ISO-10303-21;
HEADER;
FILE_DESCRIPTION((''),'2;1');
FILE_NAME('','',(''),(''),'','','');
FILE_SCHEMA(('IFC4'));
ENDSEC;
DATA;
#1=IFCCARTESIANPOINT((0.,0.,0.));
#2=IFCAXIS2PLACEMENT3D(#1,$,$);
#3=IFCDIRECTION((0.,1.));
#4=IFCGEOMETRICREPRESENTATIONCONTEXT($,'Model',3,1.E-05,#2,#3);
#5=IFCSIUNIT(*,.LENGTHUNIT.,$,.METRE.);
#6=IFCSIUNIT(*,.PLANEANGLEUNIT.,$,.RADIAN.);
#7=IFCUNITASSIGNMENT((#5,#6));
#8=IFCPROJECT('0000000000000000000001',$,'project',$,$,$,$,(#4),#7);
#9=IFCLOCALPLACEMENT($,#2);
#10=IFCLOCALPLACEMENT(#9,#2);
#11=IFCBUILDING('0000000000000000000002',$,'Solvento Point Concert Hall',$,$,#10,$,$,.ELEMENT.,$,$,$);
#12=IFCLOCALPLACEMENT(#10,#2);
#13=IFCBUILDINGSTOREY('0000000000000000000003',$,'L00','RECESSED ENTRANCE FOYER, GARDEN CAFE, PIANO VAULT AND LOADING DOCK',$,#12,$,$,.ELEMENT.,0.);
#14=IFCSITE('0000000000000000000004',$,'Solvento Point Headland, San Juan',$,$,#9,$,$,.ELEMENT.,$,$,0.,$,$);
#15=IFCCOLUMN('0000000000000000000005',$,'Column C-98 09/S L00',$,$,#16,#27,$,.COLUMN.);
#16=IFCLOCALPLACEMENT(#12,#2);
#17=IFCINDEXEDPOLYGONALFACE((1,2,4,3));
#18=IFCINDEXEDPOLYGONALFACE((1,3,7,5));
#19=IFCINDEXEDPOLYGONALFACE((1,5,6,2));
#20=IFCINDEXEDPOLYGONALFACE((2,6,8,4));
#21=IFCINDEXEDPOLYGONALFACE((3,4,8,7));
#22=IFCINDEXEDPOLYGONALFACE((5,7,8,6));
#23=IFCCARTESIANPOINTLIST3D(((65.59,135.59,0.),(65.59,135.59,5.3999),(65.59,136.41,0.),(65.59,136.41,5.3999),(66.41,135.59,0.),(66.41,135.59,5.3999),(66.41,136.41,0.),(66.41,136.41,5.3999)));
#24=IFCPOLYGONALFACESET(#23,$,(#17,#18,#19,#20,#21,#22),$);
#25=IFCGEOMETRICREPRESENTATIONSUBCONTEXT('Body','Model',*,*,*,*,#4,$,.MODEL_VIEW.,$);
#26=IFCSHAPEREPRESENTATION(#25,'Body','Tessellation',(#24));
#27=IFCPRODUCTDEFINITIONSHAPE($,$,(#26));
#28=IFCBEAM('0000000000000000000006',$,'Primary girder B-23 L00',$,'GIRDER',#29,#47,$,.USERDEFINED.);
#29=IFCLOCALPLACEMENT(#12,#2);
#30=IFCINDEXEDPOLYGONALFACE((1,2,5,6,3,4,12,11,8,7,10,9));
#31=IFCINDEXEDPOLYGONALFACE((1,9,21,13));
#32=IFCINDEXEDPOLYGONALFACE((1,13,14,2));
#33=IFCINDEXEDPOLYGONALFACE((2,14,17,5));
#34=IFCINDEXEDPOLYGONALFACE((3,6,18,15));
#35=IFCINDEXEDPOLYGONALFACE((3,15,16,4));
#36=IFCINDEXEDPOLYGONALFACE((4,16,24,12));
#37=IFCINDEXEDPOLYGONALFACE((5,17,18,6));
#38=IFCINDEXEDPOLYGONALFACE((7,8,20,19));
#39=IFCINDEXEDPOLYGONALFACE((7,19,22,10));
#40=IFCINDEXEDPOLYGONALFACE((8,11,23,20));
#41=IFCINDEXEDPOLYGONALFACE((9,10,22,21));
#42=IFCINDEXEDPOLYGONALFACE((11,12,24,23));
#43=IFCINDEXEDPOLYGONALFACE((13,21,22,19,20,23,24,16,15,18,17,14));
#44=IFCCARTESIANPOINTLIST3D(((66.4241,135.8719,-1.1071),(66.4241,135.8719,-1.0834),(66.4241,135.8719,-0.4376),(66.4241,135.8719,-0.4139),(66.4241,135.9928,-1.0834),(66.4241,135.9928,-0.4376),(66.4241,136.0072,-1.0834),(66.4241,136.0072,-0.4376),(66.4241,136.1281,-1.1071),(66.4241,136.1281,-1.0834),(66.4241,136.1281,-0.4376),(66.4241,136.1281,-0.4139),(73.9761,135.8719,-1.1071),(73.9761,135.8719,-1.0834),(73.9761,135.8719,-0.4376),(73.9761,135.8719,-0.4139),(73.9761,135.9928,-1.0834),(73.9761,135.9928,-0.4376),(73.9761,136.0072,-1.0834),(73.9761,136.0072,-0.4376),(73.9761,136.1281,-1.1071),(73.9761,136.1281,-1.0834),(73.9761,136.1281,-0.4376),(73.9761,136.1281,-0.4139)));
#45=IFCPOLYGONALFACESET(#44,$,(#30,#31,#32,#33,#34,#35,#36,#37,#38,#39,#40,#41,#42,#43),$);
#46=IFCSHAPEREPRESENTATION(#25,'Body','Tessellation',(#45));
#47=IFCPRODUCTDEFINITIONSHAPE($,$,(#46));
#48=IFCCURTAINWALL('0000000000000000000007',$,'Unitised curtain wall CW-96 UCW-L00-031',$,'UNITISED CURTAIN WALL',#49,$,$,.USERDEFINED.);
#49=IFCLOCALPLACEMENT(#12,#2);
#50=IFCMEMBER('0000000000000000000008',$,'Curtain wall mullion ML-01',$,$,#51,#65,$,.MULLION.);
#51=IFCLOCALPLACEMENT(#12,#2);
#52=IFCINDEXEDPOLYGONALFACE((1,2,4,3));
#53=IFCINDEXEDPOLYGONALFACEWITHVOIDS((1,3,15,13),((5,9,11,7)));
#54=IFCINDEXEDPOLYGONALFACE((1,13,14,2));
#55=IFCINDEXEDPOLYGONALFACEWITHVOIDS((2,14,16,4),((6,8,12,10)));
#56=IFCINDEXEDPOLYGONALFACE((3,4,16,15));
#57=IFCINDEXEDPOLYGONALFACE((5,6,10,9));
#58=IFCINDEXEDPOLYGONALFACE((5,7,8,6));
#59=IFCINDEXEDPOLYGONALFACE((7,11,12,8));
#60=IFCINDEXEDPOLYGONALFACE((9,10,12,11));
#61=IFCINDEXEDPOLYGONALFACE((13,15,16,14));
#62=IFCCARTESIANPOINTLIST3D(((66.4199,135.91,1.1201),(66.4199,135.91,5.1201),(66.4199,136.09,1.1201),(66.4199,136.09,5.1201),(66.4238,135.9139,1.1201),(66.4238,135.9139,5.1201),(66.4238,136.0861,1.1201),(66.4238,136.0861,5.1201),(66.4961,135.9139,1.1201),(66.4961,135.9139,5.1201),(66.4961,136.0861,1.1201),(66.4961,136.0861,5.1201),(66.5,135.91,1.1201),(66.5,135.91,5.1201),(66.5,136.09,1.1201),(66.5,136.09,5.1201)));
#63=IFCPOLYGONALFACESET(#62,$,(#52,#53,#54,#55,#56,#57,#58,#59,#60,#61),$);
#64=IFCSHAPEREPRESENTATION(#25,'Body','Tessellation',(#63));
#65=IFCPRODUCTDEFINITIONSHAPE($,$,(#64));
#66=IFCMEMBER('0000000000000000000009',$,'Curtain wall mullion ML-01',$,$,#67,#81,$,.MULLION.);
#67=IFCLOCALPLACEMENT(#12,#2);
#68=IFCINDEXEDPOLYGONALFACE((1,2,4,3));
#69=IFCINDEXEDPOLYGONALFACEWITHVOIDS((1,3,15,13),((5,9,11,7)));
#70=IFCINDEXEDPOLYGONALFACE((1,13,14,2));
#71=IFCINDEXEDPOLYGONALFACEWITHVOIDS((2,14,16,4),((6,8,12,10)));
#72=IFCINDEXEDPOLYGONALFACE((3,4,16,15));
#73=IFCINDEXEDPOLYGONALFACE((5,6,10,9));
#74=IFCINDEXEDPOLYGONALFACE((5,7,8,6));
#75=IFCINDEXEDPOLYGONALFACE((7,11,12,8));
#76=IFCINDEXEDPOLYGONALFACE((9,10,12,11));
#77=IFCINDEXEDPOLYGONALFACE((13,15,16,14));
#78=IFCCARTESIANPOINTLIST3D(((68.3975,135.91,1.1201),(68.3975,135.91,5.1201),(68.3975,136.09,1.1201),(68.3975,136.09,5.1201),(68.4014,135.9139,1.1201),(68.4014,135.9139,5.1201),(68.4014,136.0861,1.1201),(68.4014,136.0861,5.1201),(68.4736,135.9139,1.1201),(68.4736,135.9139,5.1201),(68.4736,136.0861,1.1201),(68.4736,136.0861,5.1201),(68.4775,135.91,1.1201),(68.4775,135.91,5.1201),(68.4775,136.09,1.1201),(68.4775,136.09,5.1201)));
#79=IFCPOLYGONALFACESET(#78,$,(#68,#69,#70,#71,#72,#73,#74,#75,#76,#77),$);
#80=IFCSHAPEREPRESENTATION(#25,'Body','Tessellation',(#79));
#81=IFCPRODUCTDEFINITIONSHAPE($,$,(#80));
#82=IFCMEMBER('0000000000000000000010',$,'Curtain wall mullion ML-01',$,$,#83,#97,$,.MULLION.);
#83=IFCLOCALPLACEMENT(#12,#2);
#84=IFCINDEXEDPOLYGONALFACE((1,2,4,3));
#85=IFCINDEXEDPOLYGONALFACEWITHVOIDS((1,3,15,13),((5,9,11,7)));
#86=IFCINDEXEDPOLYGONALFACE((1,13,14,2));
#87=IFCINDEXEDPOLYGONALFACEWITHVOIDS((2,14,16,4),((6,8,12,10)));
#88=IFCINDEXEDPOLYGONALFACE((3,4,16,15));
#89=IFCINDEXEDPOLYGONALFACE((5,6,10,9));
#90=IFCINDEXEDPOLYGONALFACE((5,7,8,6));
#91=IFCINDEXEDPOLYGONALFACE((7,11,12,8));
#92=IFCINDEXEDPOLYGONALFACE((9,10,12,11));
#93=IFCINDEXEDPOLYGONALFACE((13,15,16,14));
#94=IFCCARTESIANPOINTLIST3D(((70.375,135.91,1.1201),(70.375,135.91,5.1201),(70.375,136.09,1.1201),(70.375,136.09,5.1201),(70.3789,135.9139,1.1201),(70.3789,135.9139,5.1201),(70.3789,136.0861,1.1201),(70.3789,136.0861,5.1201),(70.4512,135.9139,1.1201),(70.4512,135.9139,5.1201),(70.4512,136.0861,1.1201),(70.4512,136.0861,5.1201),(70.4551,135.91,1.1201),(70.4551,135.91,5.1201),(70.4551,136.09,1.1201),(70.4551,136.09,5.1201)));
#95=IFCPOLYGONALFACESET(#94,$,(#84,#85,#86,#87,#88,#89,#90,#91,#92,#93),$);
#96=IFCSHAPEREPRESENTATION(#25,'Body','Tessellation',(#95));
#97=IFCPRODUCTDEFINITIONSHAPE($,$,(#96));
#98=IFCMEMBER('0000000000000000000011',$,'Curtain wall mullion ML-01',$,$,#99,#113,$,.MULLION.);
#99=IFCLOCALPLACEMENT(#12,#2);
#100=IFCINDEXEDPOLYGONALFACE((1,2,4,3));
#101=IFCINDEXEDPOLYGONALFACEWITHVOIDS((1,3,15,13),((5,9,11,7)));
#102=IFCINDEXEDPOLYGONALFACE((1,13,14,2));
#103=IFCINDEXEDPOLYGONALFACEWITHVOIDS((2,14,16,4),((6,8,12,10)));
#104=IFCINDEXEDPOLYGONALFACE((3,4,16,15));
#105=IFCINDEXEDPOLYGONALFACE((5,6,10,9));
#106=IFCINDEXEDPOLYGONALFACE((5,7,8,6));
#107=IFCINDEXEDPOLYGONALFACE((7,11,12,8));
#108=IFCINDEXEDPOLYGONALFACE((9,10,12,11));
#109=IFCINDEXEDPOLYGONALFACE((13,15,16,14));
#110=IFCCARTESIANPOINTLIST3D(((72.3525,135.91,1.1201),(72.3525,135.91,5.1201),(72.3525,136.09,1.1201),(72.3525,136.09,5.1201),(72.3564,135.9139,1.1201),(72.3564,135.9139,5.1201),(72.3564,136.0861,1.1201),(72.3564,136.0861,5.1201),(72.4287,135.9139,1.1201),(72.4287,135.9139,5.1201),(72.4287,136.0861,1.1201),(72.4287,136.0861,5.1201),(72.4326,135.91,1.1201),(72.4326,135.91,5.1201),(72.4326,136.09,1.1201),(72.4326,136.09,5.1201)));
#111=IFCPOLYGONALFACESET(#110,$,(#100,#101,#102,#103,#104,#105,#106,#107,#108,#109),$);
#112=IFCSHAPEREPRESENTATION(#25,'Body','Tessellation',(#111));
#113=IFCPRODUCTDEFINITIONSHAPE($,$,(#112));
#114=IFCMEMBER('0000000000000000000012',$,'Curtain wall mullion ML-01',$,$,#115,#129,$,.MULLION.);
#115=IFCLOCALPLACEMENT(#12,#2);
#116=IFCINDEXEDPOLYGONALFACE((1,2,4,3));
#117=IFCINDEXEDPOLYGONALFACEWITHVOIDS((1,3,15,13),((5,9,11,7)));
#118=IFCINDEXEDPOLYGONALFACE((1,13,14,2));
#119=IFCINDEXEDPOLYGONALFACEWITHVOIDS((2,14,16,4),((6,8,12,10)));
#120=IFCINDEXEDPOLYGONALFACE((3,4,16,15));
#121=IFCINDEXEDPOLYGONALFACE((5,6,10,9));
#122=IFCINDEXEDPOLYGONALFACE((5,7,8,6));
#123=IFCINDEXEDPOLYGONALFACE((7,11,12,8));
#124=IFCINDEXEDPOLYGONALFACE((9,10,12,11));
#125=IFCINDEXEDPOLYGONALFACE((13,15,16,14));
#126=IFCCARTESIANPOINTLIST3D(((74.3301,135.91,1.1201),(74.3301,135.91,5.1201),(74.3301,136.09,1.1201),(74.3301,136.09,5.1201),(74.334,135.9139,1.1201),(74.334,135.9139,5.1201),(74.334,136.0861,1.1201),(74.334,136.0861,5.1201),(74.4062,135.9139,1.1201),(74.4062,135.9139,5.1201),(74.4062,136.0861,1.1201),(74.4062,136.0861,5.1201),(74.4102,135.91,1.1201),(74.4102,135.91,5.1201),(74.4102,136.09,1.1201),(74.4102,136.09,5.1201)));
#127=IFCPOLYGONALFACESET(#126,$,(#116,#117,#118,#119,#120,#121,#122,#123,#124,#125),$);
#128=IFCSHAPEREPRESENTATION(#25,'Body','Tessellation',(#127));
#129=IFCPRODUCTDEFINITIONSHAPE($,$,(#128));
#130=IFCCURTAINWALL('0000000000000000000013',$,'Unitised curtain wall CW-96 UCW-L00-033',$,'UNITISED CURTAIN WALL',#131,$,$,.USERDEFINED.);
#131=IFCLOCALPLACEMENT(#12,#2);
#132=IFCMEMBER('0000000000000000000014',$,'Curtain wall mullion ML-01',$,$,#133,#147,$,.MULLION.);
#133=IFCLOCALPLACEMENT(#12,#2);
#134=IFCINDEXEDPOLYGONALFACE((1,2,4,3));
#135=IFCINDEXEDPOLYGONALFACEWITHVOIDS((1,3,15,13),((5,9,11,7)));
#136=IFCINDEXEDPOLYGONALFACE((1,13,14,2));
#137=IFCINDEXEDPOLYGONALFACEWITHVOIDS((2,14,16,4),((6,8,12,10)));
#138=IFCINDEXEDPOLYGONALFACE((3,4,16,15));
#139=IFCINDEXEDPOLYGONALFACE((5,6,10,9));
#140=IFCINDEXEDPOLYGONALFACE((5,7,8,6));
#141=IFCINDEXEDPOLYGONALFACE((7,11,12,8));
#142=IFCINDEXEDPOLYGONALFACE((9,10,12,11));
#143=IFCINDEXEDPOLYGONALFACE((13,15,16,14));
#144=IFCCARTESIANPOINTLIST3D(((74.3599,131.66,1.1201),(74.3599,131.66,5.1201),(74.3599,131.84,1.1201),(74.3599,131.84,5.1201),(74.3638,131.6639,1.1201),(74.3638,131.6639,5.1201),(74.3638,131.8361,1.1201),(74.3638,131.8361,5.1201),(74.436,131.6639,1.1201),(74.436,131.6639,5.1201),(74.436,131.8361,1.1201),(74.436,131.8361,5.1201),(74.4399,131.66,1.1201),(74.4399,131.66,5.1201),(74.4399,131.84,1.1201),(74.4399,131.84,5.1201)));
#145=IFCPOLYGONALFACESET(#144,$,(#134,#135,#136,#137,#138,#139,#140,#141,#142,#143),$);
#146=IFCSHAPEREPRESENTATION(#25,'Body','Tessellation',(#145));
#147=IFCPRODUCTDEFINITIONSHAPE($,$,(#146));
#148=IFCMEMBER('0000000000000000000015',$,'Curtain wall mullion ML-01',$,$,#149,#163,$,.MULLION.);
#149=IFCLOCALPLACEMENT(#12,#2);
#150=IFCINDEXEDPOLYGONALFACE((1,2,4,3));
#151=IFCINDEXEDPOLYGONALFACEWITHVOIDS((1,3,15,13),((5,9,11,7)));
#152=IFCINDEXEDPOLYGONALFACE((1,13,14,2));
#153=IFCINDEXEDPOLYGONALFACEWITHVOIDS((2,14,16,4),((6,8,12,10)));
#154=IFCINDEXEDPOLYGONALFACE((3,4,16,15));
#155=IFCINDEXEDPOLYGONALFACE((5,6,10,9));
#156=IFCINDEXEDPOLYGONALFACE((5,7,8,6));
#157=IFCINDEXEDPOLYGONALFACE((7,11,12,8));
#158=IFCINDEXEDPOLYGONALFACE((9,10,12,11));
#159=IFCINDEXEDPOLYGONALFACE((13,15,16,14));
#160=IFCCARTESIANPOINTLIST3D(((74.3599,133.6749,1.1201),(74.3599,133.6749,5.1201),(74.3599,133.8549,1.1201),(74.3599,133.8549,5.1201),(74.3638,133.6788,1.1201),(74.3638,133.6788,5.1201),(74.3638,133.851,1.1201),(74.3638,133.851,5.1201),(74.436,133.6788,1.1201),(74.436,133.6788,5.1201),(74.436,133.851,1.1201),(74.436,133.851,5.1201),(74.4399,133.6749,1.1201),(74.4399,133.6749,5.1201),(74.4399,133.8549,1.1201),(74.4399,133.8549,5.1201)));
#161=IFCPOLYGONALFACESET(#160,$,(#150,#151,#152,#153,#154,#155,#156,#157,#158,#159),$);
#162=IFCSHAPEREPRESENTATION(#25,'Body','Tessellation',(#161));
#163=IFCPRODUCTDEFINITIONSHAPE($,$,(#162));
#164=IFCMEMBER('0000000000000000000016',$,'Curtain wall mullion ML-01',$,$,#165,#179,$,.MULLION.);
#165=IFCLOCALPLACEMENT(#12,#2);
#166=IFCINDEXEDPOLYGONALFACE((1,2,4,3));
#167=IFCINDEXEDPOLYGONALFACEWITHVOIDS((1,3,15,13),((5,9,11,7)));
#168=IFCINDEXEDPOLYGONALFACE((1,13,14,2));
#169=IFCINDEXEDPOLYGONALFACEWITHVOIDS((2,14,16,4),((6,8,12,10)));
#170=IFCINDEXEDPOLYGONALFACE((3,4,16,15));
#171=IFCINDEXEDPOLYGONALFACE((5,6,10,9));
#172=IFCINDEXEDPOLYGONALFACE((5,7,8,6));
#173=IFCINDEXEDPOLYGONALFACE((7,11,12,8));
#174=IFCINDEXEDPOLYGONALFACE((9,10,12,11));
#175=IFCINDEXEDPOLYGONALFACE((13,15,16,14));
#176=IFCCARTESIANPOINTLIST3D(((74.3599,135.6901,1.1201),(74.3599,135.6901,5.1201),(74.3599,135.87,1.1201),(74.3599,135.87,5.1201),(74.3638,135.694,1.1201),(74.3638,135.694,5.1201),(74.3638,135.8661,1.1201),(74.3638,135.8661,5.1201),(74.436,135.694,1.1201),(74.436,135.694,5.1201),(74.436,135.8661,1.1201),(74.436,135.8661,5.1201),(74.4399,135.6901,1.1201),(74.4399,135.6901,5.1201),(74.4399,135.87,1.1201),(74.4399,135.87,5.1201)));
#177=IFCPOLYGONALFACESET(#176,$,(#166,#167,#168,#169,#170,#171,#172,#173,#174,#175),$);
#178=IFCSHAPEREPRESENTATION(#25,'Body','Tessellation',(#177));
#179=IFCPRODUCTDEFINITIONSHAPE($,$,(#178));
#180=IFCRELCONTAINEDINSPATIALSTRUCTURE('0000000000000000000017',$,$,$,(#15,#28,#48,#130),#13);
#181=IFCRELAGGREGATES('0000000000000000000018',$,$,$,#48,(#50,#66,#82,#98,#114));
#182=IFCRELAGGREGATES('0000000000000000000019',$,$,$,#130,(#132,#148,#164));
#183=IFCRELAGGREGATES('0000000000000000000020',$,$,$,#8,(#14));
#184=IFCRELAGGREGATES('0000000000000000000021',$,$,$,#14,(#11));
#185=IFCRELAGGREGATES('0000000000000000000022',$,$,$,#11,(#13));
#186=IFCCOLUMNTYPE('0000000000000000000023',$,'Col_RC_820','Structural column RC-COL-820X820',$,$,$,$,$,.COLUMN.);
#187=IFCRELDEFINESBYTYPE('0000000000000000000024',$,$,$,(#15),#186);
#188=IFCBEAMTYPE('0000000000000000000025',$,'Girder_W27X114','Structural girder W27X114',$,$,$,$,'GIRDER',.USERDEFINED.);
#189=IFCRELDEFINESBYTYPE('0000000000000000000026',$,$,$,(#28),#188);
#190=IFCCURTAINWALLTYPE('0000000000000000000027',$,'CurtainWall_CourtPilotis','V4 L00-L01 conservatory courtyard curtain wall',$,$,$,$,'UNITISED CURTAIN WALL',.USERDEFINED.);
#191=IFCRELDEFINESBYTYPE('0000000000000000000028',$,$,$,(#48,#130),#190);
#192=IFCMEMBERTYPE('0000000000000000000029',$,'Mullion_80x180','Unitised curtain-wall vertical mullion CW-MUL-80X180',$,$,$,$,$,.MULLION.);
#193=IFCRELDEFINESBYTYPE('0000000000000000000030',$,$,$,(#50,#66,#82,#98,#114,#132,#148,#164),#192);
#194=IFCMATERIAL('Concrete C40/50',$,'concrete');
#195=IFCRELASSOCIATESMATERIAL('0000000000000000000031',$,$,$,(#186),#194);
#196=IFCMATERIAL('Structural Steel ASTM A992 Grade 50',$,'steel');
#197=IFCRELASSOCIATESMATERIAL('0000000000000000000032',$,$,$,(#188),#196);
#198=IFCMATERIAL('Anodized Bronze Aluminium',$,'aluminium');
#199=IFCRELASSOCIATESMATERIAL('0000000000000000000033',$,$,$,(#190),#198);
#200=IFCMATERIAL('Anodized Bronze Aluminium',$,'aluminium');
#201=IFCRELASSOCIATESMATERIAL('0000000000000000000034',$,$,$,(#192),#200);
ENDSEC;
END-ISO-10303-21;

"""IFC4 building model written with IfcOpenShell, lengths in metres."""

from ifc_helpers import new_model, si_unit, direction, frame, origin, origin_2d, place, context, subcontext, project, spatial, rectangle, hollow_rectangle, i_section, extrude, material, material_profile, profile_set, type_object, element, aggregate, save


model = new_model("IFC4")

# Units and contexts
model_context = context("Model", 3, precision=1e-05, world=origin(), true_north=direction((0.0, 1.0)))
body_context = subcontext(model_context, "Body", "Model", "MODEL_VIEW")
ifc_project = project(units=[si_unit("LENGTHUNIT", "METRE"), si_unit("PLANEANGLEUNIT", "RADIAN")], contexts=[model_context])

# Site, building, storey
site_placement = place(None, origin())
site = spatial("IfcSite", under=ifc_project, at=site_placement, Name="Solvento Point Headland, San Juan", CompositionType="ELEMENT", RefElevation=0.0)
building_placement = place(site_placement, origin())
building = spatial("IfcBuilding", under=site, at=building_placement, Name="Solvento Point Concert Hall", CompositionType="ELEMENT")
storey_placement = place(building_placement, origin())
storey = spatial("IfcBuildingStorey", under=building, at=storey_placement, Name="L00", Description="RECESSED ENTRANCE FOYER, GARDEN CAFE, PIANO VAULT AND LOADING DOCK", CompositionType="ELEMENT", Elevation=0.0)

# Column
ifc_material_1 = material(Name="Concrete C40/50", Category="concrete")
ifc_material_profile_1 = material_profile(ifc_material_1, rectangle(XDim=0.8201, YDim=0.8201, at=origin_2d()), Name="RC-COL-820X820")
ifc_profile_set_1 = profile_set([ifc_material_profile_1], Name="Concrete C40/50")
column_type = type_object("IfcColumnType", Name="Col_RC_820", Description="Structural column RC-COL-820X820", PredefinedType="COLUMN", material=ifc_profile_set_1)
column_placement = place(storey_placement, frame((66.0, 136.0, 0.0), z_axis=(0.0, 0.0, 1.0), x_axis=(1.0, 0.0, 0.0)))
element("IfcColumn", 1, at=column_placement, inside=storey, type_object=column_type, Name="Column C-98 09/S L00", PredefinedType="COLUMN", context=body_context, shape_type="SweptSolid", body=[
    extrude(rectangle(XDim=0.8201, YDim=0.8201, at=origin_2d()), origin(), (0.0, 0.0, 1.0), 5.3999),
])

# Beam
ifc_material_2 = material(Name="Structural Steel ASTM A992 Grade 50", Category="steel")
ifc_material_profile_2 = material_profile(ifc_material_2, i_section(OverallWidth=0.2561, OverallDepth=0.6931, WebThickness=0.0144, FlangeThickness=0.0237, at=origin_2d()), Name="W27X114")
ifc_profile_set_2 = profile_set([ifc_material_profile_2], Name="Structural Steel ASTM A992 Grade 50")
beam_type = type_object("IfcBeamType", Name="Girder_W27X114", Description="Structural girder W27X114", ElementType="GIRDER", PredefinedType="USERDEFINED", material=ifc_profile_set_2)
beam_placement = place(storey_placement, frame((66.4241, 136.0, -0.7605), z_axis=(1.0, 0.0, 0.0), x_axis=(0.0, 1.0, 0.0)))
element("IfcBeam", 2, at=beam_placement, inside=storey, type_object=beam_type, Name="Primary girder B-23 L00", ObjectType="GIRDER", PredefinedType="USERDEFINED", context=body_context, shape_type="SweptSolid", body=[
    extrude(i_section(OverallWidth=0.2561, OverallDepth=0.6931, WebThickness=0.0144, FlangeThickness=0.0237, at=origin_2d()), origin(), (0.0, 0.0, 1.0), 7.552),
])

# Curtain walls, members
ifc_material_3 = material(Name="Anodized Bronze Aluminium", Category="aluminium")
curtain_wall_type = type_object("IfcCurtainWallType", Name="CurtainWall_CourtPilotis", Description="V4 L00-L01 conservatory courtyard curtain wall", ElementType="UNITISED CURTAIN WALL", PredefinedType="USERDEFINED", material=ifc_material_3)
curtain_wall_1_placement = place(storey_placement, origin())
curtain_wall_1 = element("IfcCurtainWall", 3, at=curtain_wall_1_placement, inside=storey, type_object=curtain_wall_type, Name="Unitised curtain wall CW-96 UCW-L00-031", ObjectType="UNITISED CURTAIN WALL", PredefinedType="USERDEFINED")
ifc_material_4 = material(Name="Anodized Bronze Aluminium", Category="aluminium")
ifc_material_profile_3 = material_profile(ifc_material_4, hollow_rectangle(XDim=0.0801, YDim=0.1799, WallThickness=0.0039, at=origin_2d()), Name="CW-MUL-80X180")
ifc_profile_set_3 = profile_set([ifc_material_profile_3], Name="Anodized Bronze Aluminium")
member_type_1 = type_object("IfcMemberType", Name="Mullion_80x180", Description="Unitised curtain-wall vertical mullion CW-MUL-80X180", PredefinedType="MULLION", material=ifc_profile_set_3)
member_1_placement = place(storey_placement, frame((66.46, 136.0, 1.1201), z_axis=(0.0, 0.0, 1.0), x_axis=(1.0, 0.0, 0.0)))
member_1 = element("IfcMember", 4, at=member_1_placement, type_object=member_type_1, Name="Curtain wall mullion ML-01", PredefinedType="MULLION", context=body_context, shape_type="SweptSolid", body=[
    extrude(hollow_rectangle(XDim=0.0801, YDim=0.1799, WallThickness=0.0039, at=origin_2d()), origin(), (0.0, 0.0, 1.0), 4.0),
])
member_2_placement = place(storey_placement, frame((68.4375, 136.0, 1.1201), z_axis=(0.0, 0.0, 1.0), x_axis=(1.0, 0.0, 0.0)))
member_2 = element("IfcMember", 5, at=member_2_placement, type_object=member_type_1, Name="Curtain wall mullion ML-01", PredefinedType="MULLION", context=body_context, shape_type="SweptSolid", body=[
    extrude(hollow_rectangle(XDim=0.0801, YDim=0.1799, WallThickness=0.0039, at=origin_2d()), origin(), (0.0, 0.0, 1.0), 4.0),
])
member_3_placement = place(storey_placement, frame((70.415, 136.0, 1.1201), z_axis=(0.0, 0.0, 1.0), x_axis=(1.0, 0.0, 0.0)))
member_3 = element("IfcMember", 6, at=member_3_placement, type_object=member_type_1, Name="Curtain wall mullion ML-01", PredefinedType="MULLION", context=body_context, shape_type="SweptSolid", body=[
    extrude(hollow_rectangle(XDim=0.0801, YDim=0.1799, WallThickness=0.0039, at=origin_2d()), origin(), (0.0, 0.0, 1.0), 4.0),
])
member_4_placement = place(storey_placement, frame((72.3926, 136.0, 1.1201), z_axis=(0.0, 0.0, 1.0), x_axis=(1.0, 0.0, 0.0)))
member_4 = element("IfcMember", 7, at=member_4_placement, type_object=member_type_1, Name="Curtain wall mullion ML-01", PredefinedType="MULLION", context=body_context, shape_type="SweptSolid", body=[
    extrude(hollow_rectangle(XDim=0.0801, YDim=0.1799, WallThickness=0.0039, at=origin_2d()), origin(), (0.0, 0.0, 1.0), 4.0),
])
member_5_placement = place(storey_placement, frame((74.3701, 136.0, 1.1201), z_axis=(0.0, 0.0, 1.0), x_axis=(1.0, 0.0, 0.0)))
member_5 = element("IfcMember", 8, at=member_5_placement, type_object=member_type_1, Name="Curtain wall mullion ML-01", PredefinedType="MULLION", context=body_context, shape_type="SweptSolid", body=[
    extrude(hollow_rectangle(XDim=0.0801, YDim=0.1799, WallThickness=0.0039, at=origin_2d()), origin(), (0.0, 0.0, 1.0), 4.0),
])
curtain_wall_2_placement = place(storey_placement, origin())
curtain_wall_2 = element("IfcCurtainWall", 9, at=curtain_wall_2_placement, inside=storey, type_object=curtain_wall_type, Name="Unitised curtain wall CW-96 UCW-L00-033", ObjectType="UNITISED CURTAIN WALL", PredefinedType="USERDEFINED")
member_6_placement = place(storey_placement, frame((74.3999, 131.75, 1.1201), z_axis=(0.0, 0.0, 1.0), x_axis=(1.0, 0.0, 0.0)))
member_6 = element("IfcMember", 10, at=member_6_placement, type_object=member_type_1, Name="Curtain wall mullion ML-01", PredefinedType="MULLION", context=body_context, shape_type="SweptSolid", body=[
    extrude(hollow_rectangle(XDim=0.0801, YDim=0.1799, WallThickness=0.0039, at=origin_2d()), origin(), (0.0, 0.0, 1.0), 4.0),
])
member_7_placement = place(storey_placement, frame((74.3999, 133.7649, 1.1201), z_axis=(0.0, 0.0, 1.0), x_axis=(1.0, 0.0, 0.0)))
member_7 = element("IfcMember", 11, at=member_7_placement, type_object=member_type_1, Name="Curtain wall mullion ML-01", PredefinedType="MULLION", context=body_context, shape_type="SweptSolid", body=[
    extrude(hollow_rectangle(XDim=0.0801, YDim=0.1799, WallThickness=0.0039, at=origin_2d()), origin(), (0.0, 0.0, 1.0), 4.0),
])
member_8_placement = place(storey_placement, frame((74.3999, 135.78, 1.1201), z_axis=(0.0, 0.0, 1.0), x_axis=(1.0, 0.0, 0.0)))
member_8 = element("IfcMember", 12, at=member_8_placement, type_object=member_type_1, Name="Curtain wall mullion ML-01", PredefinedType="MULLION", context=body_context, shape_type="SweptSolid", body=[
    extrude(hollow_rectangle(XDim=0.0801, YDim=0.1799, WallThickness=0.0039, at=origin_2d()), origin(), (0.0, 0.0, 1.0), 4.0),
])

aggregate(curtain_wall_1, [member_1, member_2, member_3, member_4, member_5])
aggregate(curtain_wall_2, [member_6, member_7, member_8])

save(model, "model.ifc")
